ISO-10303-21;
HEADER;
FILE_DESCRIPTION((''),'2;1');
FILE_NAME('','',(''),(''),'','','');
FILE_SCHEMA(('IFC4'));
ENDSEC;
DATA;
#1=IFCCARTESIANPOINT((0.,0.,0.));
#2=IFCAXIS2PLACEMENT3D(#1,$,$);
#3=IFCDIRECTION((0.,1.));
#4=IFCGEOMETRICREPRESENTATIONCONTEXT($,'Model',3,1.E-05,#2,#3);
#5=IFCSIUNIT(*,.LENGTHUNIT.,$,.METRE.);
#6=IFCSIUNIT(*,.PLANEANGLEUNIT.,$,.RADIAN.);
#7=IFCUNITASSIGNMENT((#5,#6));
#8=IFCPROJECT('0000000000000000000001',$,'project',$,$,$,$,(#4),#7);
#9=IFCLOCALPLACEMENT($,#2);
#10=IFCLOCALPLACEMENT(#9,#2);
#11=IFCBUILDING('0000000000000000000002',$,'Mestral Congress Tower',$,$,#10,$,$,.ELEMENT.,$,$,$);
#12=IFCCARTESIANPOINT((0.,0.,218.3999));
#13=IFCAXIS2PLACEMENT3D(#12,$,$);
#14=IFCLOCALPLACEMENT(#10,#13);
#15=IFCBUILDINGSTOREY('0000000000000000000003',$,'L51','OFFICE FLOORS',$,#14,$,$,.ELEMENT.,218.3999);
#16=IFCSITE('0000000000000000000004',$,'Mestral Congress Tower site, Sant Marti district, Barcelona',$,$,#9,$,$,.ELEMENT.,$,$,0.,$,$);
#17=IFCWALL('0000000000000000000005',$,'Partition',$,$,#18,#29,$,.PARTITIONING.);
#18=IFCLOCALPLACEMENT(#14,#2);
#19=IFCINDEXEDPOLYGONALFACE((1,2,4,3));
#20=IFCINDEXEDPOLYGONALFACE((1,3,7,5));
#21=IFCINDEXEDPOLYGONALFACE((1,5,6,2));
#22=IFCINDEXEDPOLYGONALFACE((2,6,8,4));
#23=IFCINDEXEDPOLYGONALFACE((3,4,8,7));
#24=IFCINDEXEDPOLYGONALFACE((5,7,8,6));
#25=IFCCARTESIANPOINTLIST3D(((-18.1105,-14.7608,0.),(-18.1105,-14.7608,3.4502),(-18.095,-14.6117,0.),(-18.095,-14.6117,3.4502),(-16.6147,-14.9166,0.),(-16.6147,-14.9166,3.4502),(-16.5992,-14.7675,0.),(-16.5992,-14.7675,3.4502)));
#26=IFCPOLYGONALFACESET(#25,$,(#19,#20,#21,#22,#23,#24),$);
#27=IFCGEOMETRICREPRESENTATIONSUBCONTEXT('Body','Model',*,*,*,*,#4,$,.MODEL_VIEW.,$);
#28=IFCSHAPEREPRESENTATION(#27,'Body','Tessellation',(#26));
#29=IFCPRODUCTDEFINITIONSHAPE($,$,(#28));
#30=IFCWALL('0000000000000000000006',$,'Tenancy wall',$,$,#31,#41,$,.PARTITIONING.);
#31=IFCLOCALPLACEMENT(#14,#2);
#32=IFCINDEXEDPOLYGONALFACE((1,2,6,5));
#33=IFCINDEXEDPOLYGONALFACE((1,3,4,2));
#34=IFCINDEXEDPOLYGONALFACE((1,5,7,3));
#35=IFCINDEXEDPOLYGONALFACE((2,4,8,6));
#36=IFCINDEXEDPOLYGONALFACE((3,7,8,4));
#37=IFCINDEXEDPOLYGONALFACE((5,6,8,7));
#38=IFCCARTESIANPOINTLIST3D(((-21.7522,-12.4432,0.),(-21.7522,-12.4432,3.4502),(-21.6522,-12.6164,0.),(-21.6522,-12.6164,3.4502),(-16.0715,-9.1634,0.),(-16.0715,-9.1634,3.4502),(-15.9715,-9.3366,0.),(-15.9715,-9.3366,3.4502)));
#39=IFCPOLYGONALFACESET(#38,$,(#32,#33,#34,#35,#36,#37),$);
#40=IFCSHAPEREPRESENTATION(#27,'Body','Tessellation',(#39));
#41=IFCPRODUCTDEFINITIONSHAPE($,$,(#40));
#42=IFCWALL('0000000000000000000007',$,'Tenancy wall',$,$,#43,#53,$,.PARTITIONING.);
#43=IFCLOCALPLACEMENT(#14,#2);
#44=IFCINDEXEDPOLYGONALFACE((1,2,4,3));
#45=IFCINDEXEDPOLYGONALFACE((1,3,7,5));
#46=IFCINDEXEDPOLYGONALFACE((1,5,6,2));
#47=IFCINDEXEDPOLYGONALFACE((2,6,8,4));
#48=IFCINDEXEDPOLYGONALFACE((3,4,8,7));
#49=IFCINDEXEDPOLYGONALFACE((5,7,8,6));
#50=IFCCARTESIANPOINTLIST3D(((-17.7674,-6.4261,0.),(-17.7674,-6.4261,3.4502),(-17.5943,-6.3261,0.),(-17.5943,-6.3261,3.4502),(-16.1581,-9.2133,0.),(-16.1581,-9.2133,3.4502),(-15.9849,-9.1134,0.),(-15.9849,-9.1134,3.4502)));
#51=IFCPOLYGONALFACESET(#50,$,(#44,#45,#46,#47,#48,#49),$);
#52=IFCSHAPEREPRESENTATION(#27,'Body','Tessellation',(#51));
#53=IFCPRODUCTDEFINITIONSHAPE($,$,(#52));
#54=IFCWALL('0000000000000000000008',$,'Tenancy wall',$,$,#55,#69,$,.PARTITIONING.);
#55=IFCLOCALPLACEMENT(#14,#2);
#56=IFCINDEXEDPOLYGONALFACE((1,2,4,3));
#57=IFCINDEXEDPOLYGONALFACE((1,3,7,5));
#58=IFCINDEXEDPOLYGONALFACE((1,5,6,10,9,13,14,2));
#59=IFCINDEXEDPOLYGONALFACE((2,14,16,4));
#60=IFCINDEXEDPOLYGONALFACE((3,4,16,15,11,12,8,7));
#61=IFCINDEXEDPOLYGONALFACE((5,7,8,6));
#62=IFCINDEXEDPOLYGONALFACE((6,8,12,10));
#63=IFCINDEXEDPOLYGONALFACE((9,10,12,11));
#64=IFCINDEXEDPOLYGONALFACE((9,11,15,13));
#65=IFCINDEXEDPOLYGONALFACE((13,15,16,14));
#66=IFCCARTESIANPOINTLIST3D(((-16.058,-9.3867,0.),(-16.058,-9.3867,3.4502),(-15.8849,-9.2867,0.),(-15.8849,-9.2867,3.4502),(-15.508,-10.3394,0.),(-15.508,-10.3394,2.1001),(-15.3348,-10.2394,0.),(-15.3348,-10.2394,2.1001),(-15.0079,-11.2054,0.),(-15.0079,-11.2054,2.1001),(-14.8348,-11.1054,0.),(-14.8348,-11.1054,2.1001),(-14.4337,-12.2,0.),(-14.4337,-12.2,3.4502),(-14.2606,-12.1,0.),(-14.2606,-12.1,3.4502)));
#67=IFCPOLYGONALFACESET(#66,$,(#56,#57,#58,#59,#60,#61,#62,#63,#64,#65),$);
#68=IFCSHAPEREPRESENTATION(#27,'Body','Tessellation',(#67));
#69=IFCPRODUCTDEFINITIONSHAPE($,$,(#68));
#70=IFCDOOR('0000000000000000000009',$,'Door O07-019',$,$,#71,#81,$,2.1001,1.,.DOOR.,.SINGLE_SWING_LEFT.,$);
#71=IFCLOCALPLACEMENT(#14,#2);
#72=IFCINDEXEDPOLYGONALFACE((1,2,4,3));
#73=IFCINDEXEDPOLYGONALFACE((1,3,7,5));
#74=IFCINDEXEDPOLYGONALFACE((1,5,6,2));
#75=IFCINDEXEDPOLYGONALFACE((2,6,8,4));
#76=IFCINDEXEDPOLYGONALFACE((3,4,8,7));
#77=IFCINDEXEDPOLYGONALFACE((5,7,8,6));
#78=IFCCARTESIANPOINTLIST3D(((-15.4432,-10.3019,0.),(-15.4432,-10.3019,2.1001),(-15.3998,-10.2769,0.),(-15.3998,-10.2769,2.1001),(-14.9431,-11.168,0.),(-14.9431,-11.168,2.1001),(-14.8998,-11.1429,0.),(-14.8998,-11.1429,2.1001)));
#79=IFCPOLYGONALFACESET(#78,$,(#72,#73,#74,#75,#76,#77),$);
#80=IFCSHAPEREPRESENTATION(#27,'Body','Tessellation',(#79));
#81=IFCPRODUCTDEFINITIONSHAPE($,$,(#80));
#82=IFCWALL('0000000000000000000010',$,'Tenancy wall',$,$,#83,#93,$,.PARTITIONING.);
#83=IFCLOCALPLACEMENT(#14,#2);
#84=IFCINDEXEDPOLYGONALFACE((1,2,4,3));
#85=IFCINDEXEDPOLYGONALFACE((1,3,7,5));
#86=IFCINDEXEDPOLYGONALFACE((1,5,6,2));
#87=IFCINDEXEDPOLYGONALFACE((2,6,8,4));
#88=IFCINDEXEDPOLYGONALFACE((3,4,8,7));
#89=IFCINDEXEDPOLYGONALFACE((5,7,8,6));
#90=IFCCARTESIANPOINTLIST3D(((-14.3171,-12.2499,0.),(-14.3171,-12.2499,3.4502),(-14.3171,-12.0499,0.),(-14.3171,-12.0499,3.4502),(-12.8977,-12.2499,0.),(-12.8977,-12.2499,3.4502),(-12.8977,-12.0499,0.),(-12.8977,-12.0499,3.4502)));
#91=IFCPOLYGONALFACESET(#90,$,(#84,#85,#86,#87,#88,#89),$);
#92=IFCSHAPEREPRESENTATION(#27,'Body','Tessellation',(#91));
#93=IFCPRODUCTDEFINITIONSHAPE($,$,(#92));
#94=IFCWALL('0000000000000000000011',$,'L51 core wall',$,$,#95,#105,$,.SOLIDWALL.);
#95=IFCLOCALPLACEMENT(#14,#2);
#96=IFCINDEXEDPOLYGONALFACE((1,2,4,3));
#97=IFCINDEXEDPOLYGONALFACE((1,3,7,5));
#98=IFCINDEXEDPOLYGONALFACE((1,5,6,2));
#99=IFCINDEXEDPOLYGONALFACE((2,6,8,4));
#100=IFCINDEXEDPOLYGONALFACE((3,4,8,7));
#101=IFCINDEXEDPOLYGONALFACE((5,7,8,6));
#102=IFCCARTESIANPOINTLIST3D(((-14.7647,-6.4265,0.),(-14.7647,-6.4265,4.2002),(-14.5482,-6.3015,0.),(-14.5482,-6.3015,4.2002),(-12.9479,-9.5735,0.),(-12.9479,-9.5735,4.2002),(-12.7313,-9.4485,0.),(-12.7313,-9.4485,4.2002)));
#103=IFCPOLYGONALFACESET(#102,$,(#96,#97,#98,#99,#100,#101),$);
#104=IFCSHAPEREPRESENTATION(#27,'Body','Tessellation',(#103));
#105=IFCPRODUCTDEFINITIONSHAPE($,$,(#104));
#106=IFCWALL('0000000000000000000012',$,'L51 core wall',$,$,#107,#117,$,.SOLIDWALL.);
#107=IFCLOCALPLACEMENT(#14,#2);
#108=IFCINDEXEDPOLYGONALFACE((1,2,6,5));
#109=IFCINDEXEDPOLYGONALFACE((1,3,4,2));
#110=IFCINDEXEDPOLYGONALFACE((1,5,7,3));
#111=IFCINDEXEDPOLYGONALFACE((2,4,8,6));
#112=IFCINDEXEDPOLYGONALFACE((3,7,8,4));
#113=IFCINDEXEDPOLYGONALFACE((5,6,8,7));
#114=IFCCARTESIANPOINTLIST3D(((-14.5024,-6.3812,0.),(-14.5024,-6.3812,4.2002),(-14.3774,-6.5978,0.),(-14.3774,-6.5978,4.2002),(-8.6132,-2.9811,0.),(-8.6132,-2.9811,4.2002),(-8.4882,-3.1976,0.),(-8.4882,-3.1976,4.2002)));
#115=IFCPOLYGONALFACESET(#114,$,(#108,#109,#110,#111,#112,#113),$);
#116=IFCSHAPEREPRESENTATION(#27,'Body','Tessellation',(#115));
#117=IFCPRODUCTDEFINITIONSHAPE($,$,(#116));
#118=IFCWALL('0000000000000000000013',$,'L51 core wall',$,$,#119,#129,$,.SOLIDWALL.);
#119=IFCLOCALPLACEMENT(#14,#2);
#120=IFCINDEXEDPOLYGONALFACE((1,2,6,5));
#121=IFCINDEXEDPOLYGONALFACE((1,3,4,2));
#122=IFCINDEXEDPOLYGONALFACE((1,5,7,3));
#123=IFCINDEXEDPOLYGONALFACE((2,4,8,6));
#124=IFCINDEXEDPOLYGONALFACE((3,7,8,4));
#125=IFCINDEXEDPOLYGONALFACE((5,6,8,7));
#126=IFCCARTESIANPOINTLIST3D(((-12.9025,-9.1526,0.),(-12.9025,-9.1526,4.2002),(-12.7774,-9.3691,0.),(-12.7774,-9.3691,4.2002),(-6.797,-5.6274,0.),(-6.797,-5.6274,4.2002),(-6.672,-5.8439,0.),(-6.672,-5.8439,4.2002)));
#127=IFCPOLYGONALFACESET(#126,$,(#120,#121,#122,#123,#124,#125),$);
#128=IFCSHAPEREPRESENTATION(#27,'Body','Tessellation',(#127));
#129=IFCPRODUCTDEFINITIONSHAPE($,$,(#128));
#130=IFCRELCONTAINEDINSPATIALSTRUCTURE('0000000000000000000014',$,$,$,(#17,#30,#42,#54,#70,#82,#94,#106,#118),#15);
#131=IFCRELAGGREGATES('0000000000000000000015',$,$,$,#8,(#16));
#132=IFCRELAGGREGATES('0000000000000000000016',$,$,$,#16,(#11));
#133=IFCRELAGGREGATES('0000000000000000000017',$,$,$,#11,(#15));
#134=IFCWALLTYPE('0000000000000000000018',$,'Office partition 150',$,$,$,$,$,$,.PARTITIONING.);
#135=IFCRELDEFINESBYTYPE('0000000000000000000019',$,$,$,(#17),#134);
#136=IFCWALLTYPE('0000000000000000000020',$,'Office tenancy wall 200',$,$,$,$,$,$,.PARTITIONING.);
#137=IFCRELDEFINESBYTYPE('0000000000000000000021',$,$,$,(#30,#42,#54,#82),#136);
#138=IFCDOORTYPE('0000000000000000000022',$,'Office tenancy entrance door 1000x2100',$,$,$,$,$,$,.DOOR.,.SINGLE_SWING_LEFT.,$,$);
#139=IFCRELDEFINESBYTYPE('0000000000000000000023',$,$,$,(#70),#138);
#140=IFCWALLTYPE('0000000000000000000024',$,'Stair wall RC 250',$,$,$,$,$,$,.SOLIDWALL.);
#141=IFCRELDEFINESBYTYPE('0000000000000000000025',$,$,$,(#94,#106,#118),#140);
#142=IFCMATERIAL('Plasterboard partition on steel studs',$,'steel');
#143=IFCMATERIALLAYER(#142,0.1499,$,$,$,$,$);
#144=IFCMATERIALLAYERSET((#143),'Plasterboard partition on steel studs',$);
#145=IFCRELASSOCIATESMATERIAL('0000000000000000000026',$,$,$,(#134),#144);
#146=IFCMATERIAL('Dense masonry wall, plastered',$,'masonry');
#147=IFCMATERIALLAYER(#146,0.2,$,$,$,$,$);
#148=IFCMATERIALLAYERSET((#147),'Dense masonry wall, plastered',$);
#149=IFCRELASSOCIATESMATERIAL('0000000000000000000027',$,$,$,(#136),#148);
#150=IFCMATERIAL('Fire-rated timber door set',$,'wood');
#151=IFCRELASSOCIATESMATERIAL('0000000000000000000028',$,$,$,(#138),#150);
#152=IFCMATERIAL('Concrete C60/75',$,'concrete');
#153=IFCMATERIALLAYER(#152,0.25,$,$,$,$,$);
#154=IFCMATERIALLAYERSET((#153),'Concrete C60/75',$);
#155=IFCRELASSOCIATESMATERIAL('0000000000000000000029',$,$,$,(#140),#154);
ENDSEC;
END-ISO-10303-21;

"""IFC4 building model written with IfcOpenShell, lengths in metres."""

from ifc_helpers import new_model, si_unit, direction, frame, frame_2d, origin, place, context, subcontext, project, spatial, rectangle, extrude, material, layer, layer_set, type_object, element, fill, save


model = new_model("IFC4")

# Units and contexts
model_context = context("Model", 3, precision=1e-05, world=origin(), true_north=direction((0.0, 1.0)))
body_context = subcontext(model_context, "Body", "Model", "MODEL_VIEW")
ifc_project = project(units=[si_unit("LENGTHUNIT", "METRE"), si_unit("PLANEANGLEUNIT", "RADIAN")], contexts=[model_context])

# Site, building, storey
site_placement = place(None, origin())
site = spatial("IfcSite", under=ifc_project, at=site_placement, Name="Mestral Congress Tower site, Sant Marti district, Barcelona", CompositionType="ELEMENT", RefElevation=0.0)
building_placement = place(site_placement, origin())
building = spatial("IfcBuilding", under=site, at=building_placement, Name="Mestral Congress Tower", CompositionType="ELEMENT")
storey_placement = place(building_placement, frame((0.0, 0.0, 218.3999)))
storey = spatial("IfcBuildingStorey", under=building, at=storey_placement, Name="L51", Description="OFFICE FLOORS", CompositionType="ELEMENT", Elevation=218.3999)

# Shared definitions
ifc_material_1 = material(Name="Concrete C60/75", Category="concrete")

# Shared definitions
ifc_material_2 = material(Name="Plasterboard partition on steel studs", Category="steel")
ifc_layer_1 = layer(ifc_material_2, 0.1499)
ifc_layer_set_1 = layer_set([ifc_layer_1], Name="Plasterboard partition on steel studs")
wall_type_1 = type_object("IfcWallType", Name="Office partition 150", PredefinedType="PARTITIONING", material=ifc_layer_set_1)

# Walls
wall_1_placement = place(storey_placement, frame((-18.1028, -14.6863, 0.0), z_axis=(0.0, 0.0, 1.0), x_axis=(0.994622, -0.103569, 0.0)))
element("IfcWall", 1, at=wall_1_placement, inside=storey, type_object=wall_type_1, Name="Partition", PredefinedType="PARTITIONING", context=body_context, shape_type="SweptSolid", body=[
    extrude(rectangle(XDim=1.5039, YDim=0.1499, at=frame_2d((0.752, 0.0))), origin(), (0.0, 0.0, 1.0), 3.4502),
])
ifc_material_3 = material(Name="Dense masonry wall, plastered", Category="masonry")
ifc_layer_2 = layer(ifc_material_3, 0.2)
ifc_layer_set_2 = layer_set([ifc_layer_2], Name="Dense masonry wall, plastered")
wall_type_2 = type_object("IfcWallType", Name="Office tenancy wall 200", PredefinedType="PARTITIONING", material=ifc_layer_set_2)
wall_2_placement = place(storey_placement, frame((-16.0215, -9.25, 0.0), z_axis=(0.0, 0.0, 1.0), x_axis=(-0.866022, -0.500006, 0.0)))
element("IfcWall", 2, at=wall_2_placement, inside=storey, type_object=wall_type_2, Name="Tenancy wall", PredefinedType="PARTITIONING", context=body_context, shape_type="SweptSolid", body=[
    extrude(rectangle(XDim=6.5596, YDim=0.2, at=frame_2d((3.2798, 0.0))), origin(), (0.0, 0.0, 1.0), 3.4502),
])
wall_3_placement = place(storey_placement, frame((-17.6809, -6.376, 0.0), z_axis=(0.0, 0.0, 1.0), x_axis=(0.500022, -0.866013, 0.0)))
element("IfcWall", 3, at=wall_3_placement, inside=storey, type_object=wall_type_2, Name="Tenancy wall", PredefinedType="PARTITIONING", context=body_context, shape_type="SweptSolid", body=[
    extrude(rectangle(XDim=3.2185, YDim=0.2, at=frame_2d((1.6094, 0.0))), origin(), (0.0, 0.0, 1.0), 3.4502),
])

# Wall, opening, door
wall_4_placement = place(storey_placement, frame((-15.9714, -9.3367, 0.0), z_axis=(0.0, 0.0, 1.0), x_axis=(0.500011, -0.866019, 0.0)))
wall_4 = element("IfcWall", 4, at=wall_4_placement, inside=storey, type_object=wall_type_2, Name="Tenancy wall", PredefinedType="PARTITIONING", context=body_context, shape_type="SweptSolid", body=[
    extrude(rectangle(XDim=3.2485, YDim=0.2, at=frame_2d((1.6243, 0.0))), origin(), (0.0, 0.0, 1.0), 3.4502),
])
opening_1_placement = place(wall_4_placement, frame((1.1001, 0.0, 0.0)))
opening_1 = element("IfcOpeningElement", 5, at=opening_1_placement, cuts=wall_4, PredefinedType="OPENING", context=body_context, shape_type="SweptSolid", body=[
    extrude(rectangle(XDim=1.0, YDim=2.1001, at=frame_2d((0.5, 1.05))), frame((0.0, 0.1099, 0.0), z_axis=(0.0, -1.0, 0.0), x_axis=(1.0, 0.0, 0.0)), (0.0, 0.0, 1.0), 0.22),
])
ifc_material_4 = material(Name="Fire-rated timber door set", Category="wood")
door_type_1 = type_object("IfcDoorType", Name="Office tenancy entrance door 1000x2100", OperationType="SINGLE_SWING_LEFT", PredefinedType="DOOR", material=ifc_material_4)
door_1_placement = place(opening_1_placement, origin())
door_1 = element("IfcDoor", 6, at=door_1_placement, inside=storey, type_object=door_type_1, Name="Door O07-019", OperationType="SINGLE_SWING_LEFT", OverallHeight=2.1001, OverallWidth=1.0, PredefinedType="DOOR", context=body_context, shape_type="SweptSolid", body=[
    extrude(rectangle(XDim=1.0, YDim=2.1001, at=frame_2d((0.5, 1.05))), frame((0.0, 0.0249, 0.0), z_axis=(0.0, -1.0, 0.0), x_axis=(1.0, 0.0, 0.0)), (0.0, 0.0, 1.0), 0.05),
])
fill(opening_1, door_1)

# Walls
wall_5_placement = place(storey_placement, frame((-14.3171, -12.1499, 0.0), z_axis=(0.0, 0.0, 1.0), x_axis=(1.0, 0.0, 0.0)))
element("IfcWall", 7, at=wall_5_placement, inside=storey, type_object=wall_type_2, Name="Tenancy wall", PredefinedType="PARTITIONING", context=body_context, shape_type="SweptSolid", body=[
    extrude(rectangle(XDim=1.4194, YDim=0.2, at=frame_2d((0.7097, 0.0))), origin(), (0.0, 0.0, 1.0), 3.4502),
])
ifc_layer_3 = layer(ifc_material_1, 0.25)
ifc_layer_set_3 = layer_set([ifc_layer_3], Name="Concrete C60/75")
wall_type_3 = type_object("IfcWallType", Name="Stair wall RC 250", PredefinedType="SOLIDWALL", material=ifc_layer_set_3)
wall_6_placement = place(storey_placement, frame((-12.8396, -9.511, 0.0), z_axis=(0.0, 0.0, 1.0), x_axis=(-0.499998, 0.866027, 0.0)))
element("IfcWall", 8, at=wall_6_placement, inside=storey, type_object=wall_type_3, Name="L51 core wall", PredefinedType="SOLIDWALL", context=body_context, shape_type="SweptSolid", body=[
    extrude(rectangle(XDim=3.6338, YDim=0.25, at=frame_2d((1.8169, 0.0))), origin(), (0.0, 0.0, 1.0), 4.2002),
])
wall_7_placement = place(storey_placement, frame((-14.4399, -6.4895, 0.0), z_axis=(0.0, 0.0, 1.0), x_axis=(0.866023, 0.500004, 0.0)))
element("IfcWall", 9, at=wall_7_placement, inside=storey, type_object=wall_type_3, Name="L51 core wall", PredefinedType="SOLIDWALL", context=body_context, shape_type="SweptSolid", body=[
    extrude(rectangle(XDim=6.8003, YDim=0.25, at=frame_2d((3.4001, 0.0))), origin(), (0.0, 0.0, 1.0), 4.2002),
])
wall_8_placement = place(storey_placement, frame((-12.8398, -9.2607, 0.0), z_axis=(0.0, 0.0, 1.0), x_axis=(0.866016, 0.500016, 0.0)))
element("IfcWall", 10, at=wall_8_placement, inside=storey, type_object=wall_type_3, Name="L51 core wall", PredefinedType="SOLIDWALL", context=body_context, shape_type="SweptSolid", body=[
    extrude(rectangle(XDim=7.05, YDim=0.25, at=frame_2d((3.5249, 0.0))), origin(), (0.0, 0.0, 1.0), 4.2002),
])

save(model, "model.ifc")
